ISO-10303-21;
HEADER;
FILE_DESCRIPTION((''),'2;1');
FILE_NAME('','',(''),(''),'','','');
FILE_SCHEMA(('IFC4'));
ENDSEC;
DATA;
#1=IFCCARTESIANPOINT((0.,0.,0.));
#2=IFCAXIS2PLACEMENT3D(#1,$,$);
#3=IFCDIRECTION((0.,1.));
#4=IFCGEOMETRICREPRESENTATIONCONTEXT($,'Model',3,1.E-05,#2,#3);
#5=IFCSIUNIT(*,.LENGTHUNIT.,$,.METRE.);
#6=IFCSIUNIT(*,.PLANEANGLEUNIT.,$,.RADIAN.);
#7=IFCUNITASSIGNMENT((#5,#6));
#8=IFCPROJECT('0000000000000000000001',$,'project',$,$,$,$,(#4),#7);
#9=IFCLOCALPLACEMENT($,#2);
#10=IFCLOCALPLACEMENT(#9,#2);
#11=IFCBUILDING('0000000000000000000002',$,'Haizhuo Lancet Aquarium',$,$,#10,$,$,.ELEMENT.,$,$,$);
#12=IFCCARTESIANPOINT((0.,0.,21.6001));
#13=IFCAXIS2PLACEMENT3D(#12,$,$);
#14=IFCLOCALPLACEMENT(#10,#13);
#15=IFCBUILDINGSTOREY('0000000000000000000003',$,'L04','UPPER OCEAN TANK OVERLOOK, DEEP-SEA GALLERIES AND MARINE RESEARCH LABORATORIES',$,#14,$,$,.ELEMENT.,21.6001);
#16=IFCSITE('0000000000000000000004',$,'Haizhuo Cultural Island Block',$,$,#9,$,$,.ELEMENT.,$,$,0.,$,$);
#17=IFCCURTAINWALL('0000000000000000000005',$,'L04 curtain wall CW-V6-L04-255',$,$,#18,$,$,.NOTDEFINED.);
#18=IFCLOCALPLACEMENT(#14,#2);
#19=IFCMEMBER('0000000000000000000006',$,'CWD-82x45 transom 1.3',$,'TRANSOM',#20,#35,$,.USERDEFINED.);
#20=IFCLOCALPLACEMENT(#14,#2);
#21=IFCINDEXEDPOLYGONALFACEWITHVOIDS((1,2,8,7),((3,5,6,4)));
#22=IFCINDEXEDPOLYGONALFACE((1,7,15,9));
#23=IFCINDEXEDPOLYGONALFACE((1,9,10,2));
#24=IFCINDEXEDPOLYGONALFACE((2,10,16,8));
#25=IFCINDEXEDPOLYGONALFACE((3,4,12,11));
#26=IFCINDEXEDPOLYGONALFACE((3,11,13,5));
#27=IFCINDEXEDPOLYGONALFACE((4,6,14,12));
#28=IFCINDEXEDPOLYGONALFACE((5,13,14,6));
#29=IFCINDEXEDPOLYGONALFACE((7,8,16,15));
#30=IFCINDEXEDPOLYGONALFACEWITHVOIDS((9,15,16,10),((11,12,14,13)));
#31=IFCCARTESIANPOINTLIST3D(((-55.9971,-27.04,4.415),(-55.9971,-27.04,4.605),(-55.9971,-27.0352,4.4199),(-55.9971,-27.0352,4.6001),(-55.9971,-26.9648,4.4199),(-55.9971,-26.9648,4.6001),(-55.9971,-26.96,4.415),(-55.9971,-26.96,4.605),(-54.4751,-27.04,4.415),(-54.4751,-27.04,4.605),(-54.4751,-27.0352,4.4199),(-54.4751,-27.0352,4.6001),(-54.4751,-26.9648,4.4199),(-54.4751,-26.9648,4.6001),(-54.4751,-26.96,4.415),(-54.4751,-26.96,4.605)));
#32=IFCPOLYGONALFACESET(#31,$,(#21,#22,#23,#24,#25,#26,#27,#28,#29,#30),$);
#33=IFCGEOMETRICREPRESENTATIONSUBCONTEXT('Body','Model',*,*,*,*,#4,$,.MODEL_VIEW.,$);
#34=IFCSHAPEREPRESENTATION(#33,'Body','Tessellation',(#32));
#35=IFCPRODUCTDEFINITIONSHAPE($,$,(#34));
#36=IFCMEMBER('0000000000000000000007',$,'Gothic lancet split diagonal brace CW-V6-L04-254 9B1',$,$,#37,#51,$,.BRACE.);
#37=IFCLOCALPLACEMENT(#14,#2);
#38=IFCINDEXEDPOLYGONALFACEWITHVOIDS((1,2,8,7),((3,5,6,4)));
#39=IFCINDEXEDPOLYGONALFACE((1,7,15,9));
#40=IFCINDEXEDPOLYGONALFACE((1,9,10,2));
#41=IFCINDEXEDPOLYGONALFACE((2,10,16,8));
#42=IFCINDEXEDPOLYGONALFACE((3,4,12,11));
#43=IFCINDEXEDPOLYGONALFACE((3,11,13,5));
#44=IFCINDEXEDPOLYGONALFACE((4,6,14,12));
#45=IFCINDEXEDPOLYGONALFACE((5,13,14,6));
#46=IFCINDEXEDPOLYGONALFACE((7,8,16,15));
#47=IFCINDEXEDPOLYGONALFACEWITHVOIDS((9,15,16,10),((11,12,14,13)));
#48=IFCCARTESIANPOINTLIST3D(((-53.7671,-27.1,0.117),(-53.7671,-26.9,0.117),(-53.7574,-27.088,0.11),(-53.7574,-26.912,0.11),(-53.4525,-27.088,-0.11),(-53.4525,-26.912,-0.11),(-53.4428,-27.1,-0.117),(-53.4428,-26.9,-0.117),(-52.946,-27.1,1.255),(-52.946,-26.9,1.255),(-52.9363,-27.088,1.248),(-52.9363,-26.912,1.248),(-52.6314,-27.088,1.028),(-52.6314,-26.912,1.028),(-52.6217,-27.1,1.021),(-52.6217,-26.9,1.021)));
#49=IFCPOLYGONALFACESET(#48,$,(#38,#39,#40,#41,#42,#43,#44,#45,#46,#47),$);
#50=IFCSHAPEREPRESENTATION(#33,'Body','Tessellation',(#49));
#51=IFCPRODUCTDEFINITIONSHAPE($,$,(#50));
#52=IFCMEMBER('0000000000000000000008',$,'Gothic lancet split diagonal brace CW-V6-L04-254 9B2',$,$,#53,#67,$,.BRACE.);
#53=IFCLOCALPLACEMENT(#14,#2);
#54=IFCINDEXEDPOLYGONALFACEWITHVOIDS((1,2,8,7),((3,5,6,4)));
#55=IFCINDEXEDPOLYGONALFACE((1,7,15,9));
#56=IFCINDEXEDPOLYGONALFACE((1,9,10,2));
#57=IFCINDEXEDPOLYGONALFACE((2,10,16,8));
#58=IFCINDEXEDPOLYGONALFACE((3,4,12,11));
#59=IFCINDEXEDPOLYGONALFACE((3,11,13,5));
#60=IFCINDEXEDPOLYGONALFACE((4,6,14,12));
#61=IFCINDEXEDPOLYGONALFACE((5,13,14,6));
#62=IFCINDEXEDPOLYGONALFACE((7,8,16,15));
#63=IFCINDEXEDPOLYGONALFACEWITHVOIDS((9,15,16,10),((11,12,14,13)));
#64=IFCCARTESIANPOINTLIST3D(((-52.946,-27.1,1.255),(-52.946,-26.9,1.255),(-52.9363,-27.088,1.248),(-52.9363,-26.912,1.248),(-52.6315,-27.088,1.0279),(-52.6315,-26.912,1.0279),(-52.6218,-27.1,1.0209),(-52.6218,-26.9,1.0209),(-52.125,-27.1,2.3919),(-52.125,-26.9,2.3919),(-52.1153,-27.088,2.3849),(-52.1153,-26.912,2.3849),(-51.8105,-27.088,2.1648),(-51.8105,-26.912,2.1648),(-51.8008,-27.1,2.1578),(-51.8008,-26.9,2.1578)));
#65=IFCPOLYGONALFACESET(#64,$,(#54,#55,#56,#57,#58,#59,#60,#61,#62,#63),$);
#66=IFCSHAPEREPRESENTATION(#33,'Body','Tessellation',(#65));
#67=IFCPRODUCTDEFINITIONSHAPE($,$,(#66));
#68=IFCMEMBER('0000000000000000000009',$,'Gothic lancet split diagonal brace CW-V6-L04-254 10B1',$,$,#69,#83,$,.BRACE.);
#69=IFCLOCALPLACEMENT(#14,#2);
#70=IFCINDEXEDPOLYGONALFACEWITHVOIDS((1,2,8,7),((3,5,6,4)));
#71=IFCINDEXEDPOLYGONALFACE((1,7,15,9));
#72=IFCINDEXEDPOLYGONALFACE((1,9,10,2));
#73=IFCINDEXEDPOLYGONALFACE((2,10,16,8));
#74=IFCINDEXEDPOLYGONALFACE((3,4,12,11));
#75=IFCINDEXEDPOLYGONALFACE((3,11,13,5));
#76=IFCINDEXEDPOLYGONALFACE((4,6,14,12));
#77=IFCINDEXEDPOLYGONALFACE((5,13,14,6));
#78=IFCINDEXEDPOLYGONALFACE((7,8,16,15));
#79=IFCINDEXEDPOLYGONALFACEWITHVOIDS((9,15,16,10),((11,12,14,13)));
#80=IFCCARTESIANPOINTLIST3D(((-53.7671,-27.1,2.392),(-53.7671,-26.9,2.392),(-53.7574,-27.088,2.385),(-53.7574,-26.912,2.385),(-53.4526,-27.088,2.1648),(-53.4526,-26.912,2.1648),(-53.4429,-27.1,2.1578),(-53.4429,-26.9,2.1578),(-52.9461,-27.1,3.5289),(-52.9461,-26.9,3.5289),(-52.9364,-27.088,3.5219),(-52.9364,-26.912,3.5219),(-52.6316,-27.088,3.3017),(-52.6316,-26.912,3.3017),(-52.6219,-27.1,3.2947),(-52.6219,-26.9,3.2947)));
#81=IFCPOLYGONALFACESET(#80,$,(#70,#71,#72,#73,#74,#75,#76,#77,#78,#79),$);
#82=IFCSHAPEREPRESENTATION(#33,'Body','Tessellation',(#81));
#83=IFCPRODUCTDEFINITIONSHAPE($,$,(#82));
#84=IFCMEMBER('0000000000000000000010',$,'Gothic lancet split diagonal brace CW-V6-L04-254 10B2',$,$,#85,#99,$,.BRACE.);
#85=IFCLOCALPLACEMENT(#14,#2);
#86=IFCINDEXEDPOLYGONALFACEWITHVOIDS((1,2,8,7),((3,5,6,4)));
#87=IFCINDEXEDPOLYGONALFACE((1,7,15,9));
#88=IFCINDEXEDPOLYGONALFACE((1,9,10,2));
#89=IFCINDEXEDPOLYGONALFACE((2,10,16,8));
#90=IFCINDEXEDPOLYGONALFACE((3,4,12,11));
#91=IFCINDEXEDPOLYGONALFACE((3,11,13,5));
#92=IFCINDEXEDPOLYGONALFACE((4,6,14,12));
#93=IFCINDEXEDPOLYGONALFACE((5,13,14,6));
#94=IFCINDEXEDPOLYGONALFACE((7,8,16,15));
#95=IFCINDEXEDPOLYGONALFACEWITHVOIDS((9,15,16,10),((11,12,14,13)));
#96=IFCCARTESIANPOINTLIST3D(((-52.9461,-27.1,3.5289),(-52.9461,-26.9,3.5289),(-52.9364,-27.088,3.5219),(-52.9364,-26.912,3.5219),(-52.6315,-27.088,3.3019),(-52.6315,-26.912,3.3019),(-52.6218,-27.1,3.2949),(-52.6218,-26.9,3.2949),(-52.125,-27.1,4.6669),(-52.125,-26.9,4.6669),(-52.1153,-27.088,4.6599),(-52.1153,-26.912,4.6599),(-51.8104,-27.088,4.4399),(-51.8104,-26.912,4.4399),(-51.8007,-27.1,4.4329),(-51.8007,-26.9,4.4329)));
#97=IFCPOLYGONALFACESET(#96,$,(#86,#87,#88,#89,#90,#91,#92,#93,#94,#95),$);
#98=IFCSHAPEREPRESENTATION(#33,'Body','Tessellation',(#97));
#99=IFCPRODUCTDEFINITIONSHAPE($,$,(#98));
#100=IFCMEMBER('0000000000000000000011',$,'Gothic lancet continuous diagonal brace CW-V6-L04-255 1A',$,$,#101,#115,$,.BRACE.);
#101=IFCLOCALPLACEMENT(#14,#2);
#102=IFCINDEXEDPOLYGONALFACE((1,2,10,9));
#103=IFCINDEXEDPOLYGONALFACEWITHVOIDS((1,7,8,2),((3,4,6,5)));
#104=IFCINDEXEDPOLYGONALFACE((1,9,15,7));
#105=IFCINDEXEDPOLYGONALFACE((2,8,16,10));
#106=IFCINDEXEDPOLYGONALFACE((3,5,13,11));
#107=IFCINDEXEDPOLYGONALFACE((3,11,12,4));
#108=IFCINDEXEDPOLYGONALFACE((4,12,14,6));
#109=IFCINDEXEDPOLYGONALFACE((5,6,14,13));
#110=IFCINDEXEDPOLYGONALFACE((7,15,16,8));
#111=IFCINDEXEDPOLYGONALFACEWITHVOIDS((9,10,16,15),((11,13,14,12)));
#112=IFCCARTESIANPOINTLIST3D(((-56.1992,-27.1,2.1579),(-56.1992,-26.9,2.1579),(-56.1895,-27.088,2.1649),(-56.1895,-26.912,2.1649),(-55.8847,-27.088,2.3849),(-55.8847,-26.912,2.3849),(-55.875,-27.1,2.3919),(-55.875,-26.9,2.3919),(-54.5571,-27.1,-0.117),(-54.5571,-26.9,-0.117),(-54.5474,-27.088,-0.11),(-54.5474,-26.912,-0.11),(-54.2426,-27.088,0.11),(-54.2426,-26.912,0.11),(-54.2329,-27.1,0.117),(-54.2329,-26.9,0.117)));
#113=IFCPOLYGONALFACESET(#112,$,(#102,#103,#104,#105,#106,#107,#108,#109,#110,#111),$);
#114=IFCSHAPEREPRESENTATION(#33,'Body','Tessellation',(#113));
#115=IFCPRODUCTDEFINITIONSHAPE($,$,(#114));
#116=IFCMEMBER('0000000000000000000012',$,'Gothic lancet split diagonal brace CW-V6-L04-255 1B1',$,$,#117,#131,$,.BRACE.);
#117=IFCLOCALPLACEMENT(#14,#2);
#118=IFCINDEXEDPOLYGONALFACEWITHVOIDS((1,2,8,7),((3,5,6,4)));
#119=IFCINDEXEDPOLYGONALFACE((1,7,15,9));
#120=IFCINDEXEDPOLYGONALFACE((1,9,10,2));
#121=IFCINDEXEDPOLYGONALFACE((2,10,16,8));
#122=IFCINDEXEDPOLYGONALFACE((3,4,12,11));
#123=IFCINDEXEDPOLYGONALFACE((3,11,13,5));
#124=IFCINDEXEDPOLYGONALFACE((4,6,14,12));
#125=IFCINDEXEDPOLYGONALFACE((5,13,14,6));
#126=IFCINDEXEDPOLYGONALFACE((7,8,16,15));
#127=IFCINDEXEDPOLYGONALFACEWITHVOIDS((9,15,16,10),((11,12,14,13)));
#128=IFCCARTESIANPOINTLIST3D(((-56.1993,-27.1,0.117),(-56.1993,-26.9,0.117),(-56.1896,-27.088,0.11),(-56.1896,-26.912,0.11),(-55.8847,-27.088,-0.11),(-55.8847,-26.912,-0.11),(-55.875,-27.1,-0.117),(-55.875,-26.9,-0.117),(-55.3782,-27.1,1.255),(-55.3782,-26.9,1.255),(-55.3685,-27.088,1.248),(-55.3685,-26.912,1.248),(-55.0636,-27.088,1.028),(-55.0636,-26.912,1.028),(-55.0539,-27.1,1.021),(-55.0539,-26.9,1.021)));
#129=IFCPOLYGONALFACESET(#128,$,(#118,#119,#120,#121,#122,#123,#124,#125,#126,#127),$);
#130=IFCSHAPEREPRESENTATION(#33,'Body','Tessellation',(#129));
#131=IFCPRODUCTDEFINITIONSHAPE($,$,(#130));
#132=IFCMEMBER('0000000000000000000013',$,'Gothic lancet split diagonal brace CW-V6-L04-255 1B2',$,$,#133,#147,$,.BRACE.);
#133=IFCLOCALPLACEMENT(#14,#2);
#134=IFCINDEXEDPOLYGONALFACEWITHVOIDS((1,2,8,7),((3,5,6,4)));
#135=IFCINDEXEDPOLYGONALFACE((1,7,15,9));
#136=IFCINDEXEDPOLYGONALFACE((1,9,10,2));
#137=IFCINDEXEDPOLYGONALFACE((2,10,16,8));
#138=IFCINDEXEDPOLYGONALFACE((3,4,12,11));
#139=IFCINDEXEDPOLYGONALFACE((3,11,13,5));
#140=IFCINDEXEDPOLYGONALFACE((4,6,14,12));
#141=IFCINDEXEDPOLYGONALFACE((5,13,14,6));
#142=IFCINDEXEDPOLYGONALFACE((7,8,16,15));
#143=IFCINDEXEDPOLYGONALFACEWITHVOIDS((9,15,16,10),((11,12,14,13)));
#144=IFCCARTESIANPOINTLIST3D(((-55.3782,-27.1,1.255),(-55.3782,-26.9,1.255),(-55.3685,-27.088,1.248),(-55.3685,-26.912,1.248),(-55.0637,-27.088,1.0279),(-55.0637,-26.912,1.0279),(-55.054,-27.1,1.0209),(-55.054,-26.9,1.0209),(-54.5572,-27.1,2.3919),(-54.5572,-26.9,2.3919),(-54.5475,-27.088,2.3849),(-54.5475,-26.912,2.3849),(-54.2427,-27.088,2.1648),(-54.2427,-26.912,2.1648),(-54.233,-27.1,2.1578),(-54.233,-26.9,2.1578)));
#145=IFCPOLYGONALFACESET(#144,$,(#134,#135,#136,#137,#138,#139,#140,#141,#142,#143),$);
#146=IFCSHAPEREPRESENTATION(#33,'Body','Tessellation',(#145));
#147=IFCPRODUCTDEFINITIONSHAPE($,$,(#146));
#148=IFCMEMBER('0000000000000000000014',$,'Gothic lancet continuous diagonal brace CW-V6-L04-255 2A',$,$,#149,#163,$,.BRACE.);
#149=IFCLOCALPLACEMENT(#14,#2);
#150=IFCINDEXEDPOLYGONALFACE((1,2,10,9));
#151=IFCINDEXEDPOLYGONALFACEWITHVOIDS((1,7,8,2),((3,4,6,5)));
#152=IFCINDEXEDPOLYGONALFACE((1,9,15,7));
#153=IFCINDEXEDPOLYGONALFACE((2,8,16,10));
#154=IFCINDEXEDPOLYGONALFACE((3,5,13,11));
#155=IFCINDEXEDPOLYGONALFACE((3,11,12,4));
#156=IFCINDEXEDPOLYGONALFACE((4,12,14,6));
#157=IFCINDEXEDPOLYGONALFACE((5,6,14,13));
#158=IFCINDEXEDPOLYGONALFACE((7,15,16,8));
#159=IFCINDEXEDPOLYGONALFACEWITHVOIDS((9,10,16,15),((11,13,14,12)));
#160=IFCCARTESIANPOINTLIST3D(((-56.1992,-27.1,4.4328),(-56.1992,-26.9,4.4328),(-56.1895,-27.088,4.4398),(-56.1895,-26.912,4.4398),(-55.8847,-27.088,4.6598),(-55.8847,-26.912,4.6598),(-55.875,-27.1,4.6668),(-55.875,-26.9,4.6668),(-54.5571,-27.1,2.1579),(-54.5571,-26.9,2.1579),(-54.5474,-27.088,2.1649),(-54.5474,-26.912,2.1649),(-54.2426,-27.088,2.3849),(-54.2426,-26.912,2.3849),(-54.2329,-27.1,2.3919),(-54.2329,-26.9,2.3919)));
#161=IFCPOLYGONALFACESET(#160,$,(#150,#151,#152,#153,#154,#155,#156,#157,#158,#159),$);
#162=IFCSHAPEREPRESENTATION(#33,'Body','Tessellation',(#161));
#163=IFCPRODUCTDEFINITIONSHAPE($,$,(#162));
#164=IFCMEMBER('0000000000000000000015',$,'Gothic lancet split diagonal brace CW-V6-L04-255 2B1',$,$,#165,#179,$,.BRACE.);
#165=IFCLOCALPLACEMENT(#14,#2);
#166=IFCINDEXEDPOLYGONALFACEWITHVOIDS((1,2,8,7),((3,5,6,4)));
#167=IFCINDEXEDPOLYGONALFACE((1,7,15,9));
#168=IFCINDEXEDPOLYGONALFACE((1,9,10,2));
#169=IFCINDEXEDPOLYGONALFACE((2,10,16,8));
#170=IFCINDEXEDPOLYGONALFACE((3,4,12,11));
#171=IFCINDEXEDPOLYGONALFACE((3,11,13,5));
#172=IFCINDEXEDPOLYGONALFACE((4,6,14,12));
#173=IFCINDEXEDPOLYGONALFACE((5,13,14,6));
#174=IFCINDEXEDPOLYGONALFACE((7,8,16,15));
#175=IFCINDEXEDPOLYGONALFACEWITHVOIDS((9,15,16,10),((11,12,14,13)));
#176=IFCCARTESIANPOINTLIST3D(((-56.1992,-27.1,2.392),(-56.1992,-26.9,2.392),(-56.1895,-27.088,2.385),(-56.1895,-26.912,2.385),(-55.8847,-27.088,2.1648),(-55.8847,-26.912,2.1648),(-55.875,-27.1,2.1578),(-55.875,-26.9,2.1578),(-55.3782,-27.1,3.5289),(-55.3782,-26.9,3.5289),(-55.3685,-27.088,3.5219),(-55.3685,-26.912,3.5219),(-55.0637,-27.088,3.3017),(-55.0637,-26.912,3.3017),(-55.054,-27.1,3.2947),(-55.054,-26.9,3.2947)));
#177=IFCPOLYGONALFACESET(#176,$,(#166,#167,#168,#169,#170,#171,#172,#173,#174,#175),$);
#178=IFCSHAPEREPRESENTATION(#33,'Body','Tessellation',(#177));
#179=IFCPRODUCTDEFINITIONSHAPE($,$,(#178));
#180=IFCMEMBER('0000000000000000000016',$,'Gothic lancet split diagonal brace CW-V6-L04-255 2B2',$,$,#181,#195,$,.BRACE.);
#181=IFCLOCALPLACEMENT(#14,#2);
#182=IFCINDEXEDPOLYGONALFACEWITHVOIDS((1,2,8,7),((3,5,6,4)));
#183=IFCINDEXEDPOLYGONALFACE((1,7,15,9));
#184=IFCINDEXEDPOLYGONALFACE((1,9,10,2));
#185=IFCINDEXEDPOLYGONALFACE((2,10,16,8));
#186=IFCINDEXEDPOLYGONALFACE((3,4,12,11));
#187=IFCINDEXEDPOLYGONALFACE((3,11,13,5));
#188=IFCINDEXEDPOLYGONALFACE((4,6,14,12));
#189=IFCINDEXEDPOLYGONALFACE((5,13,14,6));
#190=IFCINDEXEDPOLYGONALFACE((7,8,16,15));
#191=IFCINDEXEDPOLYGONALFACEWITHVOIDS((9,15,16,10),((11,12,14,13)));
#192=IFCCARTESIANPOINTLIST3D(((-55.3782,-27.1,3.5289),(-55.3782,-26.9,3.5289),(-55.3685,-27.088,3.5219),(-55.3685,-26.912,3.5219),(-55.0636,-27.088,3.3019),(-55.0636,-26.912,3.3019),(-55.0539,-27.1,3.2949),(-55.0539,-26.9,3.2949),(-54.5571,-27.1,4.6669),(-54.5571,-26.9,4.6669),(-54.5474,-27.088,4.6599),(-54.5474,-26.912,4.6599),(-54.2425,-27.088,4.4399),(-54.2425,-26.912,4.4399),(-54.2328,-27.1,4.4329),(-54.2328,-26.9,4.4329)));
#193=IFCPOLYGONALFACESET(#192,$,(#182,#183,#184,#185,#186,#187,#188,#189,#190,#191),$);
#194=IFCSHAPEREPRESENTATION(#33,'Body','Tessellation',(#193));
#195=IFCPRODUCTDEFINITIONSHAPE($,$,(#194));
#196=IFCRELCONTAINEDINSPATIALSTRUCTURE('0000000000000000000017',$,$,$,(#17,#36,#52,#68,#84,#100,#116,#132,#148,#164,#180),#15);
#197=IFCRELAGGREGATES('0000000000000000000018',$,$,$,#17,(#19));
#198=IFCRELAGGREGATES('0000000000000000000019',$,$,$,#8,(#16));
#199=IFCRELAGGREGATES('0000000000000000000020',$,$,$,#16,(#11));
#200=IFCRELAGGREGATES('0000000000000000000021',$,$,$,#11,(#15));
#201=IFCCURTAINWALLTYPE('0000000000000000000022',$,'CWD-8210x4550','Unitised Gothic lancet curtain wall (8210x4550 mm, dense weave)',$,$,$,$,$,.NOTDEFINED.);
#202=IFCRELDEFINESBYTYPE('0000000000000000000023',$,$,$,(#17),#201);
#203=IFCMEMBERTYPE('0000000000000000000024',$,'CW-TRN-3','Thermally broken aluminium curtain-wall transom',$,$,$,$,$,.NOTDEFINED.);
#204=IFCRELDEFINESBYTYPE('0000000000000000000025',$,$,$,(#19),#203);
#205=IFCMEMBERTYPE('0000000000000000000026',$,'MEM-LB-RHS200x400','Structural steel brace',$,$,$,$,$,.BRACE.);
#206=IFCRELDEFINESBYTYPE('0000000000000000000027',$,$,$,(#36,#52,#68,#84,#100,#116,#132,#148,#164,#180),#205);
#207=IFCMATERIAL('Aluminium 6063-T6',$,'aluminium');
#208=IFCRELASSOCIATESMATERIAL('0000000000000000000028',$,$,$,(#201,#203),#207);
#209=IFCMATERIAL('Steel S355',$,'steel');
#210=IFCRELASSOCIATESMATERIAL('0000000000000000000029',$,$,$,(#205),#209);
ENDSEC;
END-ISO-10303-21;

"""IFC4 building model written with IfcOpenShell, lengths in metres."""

from ifc_helpers import new_model, si_unit, direction, frame, origin, origin_2d, place, context, subcontext, project, spatial, hollow_rectangle, extrude, material, material_profile, profile_set, type_object, element, aggregate, save


model = new_model("IFC4")

# Units and contexts
model_context = context("Model", 3, precision=1e-05, world=origin(), true_north=direction((0.0, 1.0)))
body_context = subcontext(model_context, "Body", "Model", "MODEL_VIEW")
ifc_project = project(units=[si_unit("LENGTHUNIT", "METRE"), si_unit("PLANEANGLEUNIT", "RADIAN")], contexts=[model_context])

# Site, building, storey
site_placement = place(None, origin())
site = spatial("IfcSite", under=ifc_project, at=site_placement, Name="Haizhuo Cultural Island Block", CompositionType="ELEMENT", RefElevation=0.0)
building_placement = place(site_placement, origin())
building = spatial("IfcBuilding", under=site, at=building_placement, Name="Haizhuo Lancet Aquarium", CompositionType="ELEMENT")
storey_placement = place(building_placement, frame((0.0, 0.0, 21.6001)))
storey = spatial("IfcBuildingStorey", under=building, at=storey_placement, Name="L04", Description="UPPER OCEAN TANK OVERLOOK, DEEP-SEA GALLERIES AND MARINE RESEARCH LABORATORIES", CompositionType="ELEMENT", Elevation=21.6001)

# Shared definitions
ifc_material_1 = material(Name="Steel S355", Category="steel")

# Shared definitions
ifc_material_2 = material(Name="Aluminium 6063-T6", Category="aluminium")
curtain_wall_type = type_object("IfcCurtainWallType", Name="CWD-8210x4550", Description="Unitised Gothic lancet curtain wall (8210x4550 mm, dense weave)", PredefinedType="NOTDEFINED", material=ifc_material_2)

# Curtain wall, member
curtain_wall_1_placement = place(storey_placement, origin())
curtain_wall_1 = element("IfcCurtainWall", 1, at=curtain_wall_1_placement, inside=storey, type_object=curtain_wall_type, Name="L04 curtain wall CW-V6-L04-255", PredefinedType="NOTDEFINED")
ifc_material_profile_1 = material_profile(ifc_material_2, hollow_rectangle(XDim=0.0801, YDim=0.1899, WallThickness=0.0049, at=origin_2d()), Name="ALU-T 80x190x5")
ifc_profile_set_1 = profile_set([ifc_material_profile_1], Name="Aluminium 6063-T6")
member_type_1 = type_object("IfcMemberType", Name="CW-TRN-3", Description="Thermally broken aluminium curtain-wall transom", PredefinedType="NOTDEFINED", material=ifc_profile_set_1)
member_1_placement = place(storey_placement, frame((-54.4751, -27.0, 4.51), z_axis=(-1.0, 0.0, 0.0), x_axis=(0.0, -1.0, 0.0)))
member_1 = element("IfcMember", 2, at=member_1_placement, type_object=member_type_1, Name="CWD-82x45 transom 1.3", ObjectType="TRANSOM", PredefinedType="USERDEFINED", context=body_context, shape_type="SweptSolid", body=[
    extrude(hollow_rectangle(XDim=0.0801, YDim=0.1899, WallThickness=0.0049, at=origin_2d()), origin(), (0.0, 0.0, 1.0), 1.522),
])

# Members
ifc_material_profile_2 = material_profile(ifc_material_1, hollow_rectangle(XDim=0.2, YDim=0.3999, WallThickness=0.012, at=origin_2d()), Name="RHS 200x400x12")
ifc_profile_set_2 = profile_set([ifc_material_profile_2], Name="Steel S355")
member_type_2 = type_object("IfcMemberType", Name="MEM-LB-RHS200x400", Description="Structural steel brace", PredefinedType="BRACE", material=ifc_profile_set_2)
member_2_placement = place(storey_placement, frame((-53.605, -27.0, 0.0), z_axis=(0.585116, 0.0, 0.81095), x_axis=(0.0, 1.0, 0.0)))
element("IfcMember", 3, at=member_2_placement, inside=storey, type_object=member_type_2, Name="Gothic lancet split diagonal brace CW-V6-L04-254 9B1", PredefinedType="BRACE", context=body_context, shape_type="SweptSolid", body=[
    extrude(hollow_rectangle(XDim=0.2, YDim=0.3999, WallThickness=0.012, at=origin_2d()), origin(), (0.0, 0.0, 1.0), 1.4033),
])
for number, where, z_axis, x_axis, name in (
    (4, (-52.7839, -27.0, 1.1379), (0.585446, 0.0, 0.810711), (0.0, 1.0, 0.0), "Gothic lancet split diagonal brace CW-V6-L04-254 9B2"),
    (5, (-53.605, -27.0, 2.2749), (0.585446, 0.0, 0.810711), (0.0, 1.0, 0.0), "Gothic lancet split diagonal brace CW-V6-L04-254 10B1"),
):
    element("IfcMember", number, at=place(storey_placement, frame(where, z_axis=z_axis, x_axis=x_axis)), inside=storey, type_object=member_type_2, Name=name, PredefinedType="BRACE", context=body_context, shape_type="SweptSolid", body=[
        extrude(hollow_rectangle(XDim=0.2, YDim=0.3999, WallThickness=0.012, at=origin_2d()), origin(), (0.0, 0.0, 1.0), 1.4023),
    ])
member_3_placement = place(storey_placement, frame((-52.7839, -27.0, 3.4119), z_axis=(0.585116, 0.0, 0.81095), x_axis=(0.0, 1.0, 0.0)))
element("IfcMember", 6, at=member_3_placement, inside=storey, type_object=member_type_2, Name="Gothic lancet split diagonal brace CW-V6-L04-254 10B2", PredefinedType="BRACE", context=body_context, shape_type="SweptSolid", body=[
    extrude(hollow_rectangle(XDim=0.2, YDim=0.3999, WallThickness=0.012, at=origin_2d()), origin(), (0.0, 0.0, 1.0), 1.4033),
])
member_4_placement = place(storey_placement, frame((-54.395, -27.0, 0.0), z_axis=(-0.585281, 0.0, 0.810831), x_axis=(0.0, -1.0, 0.0)))
element("IfcMember", 7, at=member_4_placement, inside=storey, type_object=member_type_2, Name="Gothic lancet continuous diagonal brace CW-V6-L04-255 1A", PredefinedType="BRACE", context=body_context, shape_type="SweptSolid", body=[
    extrude(hollow_rectangle(XDim=0.2, YDim=0.3999, WallThickness=0.012, at=origin_2d()), origin(), (0.0, 0.0, 1.0), 2.8057),
])
member_5_placement = place(storey_placement, frame((-56.0371, -27.0, 0.0), z_axis=(0.585116, 0.0, 0.81095), x_axis=(0.0, 1.0, 0.0)))
element("IfcMember", 8, at=member_5_placement, inside=storey, type_object=member_type_2, Name="Gothic lancet split diagonal brace CW-V6-L04-255 1B1", PredefinedType="BRACE", context=body_context, shape_type="SweptSolid", body=[
    extrude(hollow_rectangle(XDim=0.2, YDim=0.3999, WallThickness=0.012, at=origin_2d()), origin(), (0.0, 0.0, 1.0), 1.4033),
])
member_6_placement = place(storey_placement, frame((-55.2161, -27.0, 1.1379), z_axis=(0.585446, 0.0, 0.810711), x_axis=(0.0, 1.0, 0.0)))
element("IfcMember", 9, at=member_6_placement, inside=storey, type_object=member_type_2, Name="Gothic lancet split diagonal brace CW-V6-L04-255 1B2", PredefinedType="BRACE", context=body_context, shape_type="SweptSolid", body=[
    extrude(hollow_rectangle(XDim=0.2, YDim=0.3999, WallThickness=0.012, at=origin_2d()), origin(), (0.0, 0.0, 1.0), 1.4023),
])
member_7_placement = place(storey_placement, frame((-54.395, -27.0, 2.2749), z_axis=(-0.585281, 0.0, 0.810831), x_axis=(0.0, -1.0, 0.0)))
element("IfcMember", 10, at=member_7_placement, inside=storey, type_object=member_type_2, Name="Gothic lancet continuous diagonal brace CW-V6-L04-255 2A", PredefinedType="BRACE", context=body_context, shape_type="SweptSolid", body=[
    extrude(hollow_rectangle(XDim=0.2, YDim=0.3999, WallThickness=0.012, at=origin_2d()), origin(), (0.0, 0.0, 1.0), 2.8057),
])
member_8_placement = place(storey_placement, frame((-56.0371, -27.0, 2.2749), z_axis=(0.585446, 0.0, 0.810711), x_axis=(0.0, 1.0, 0.0)))
element("IfcMember", 11, at=member_8_placement, inside=storey, type_object=member_type_2, Name="Gothic lancet split diagonal brace CW-V6-L04-255 2B1", PredefinedType="BRACE", context=body_context, shape_type="SweptSolid", body=[
    extrude(hollow_rectangle(XDim=0.2, YDim=0.3999, WallThickness=0.012, at=origin_2d()), origin(), (0.0, 0.0, 1.0), 1.4023),
])
member_9_placement = place(storey_placement, frame((-55.2161, -27.0, 3.4119), z_axis=(0.585116, 0.0, 0.81095), x_axis=(0.0, 1.0, 0.0)))
element("IfcMember", 12, at=member_9_placement, inside=storey, type_object=member_type_2, Name="Gothic lancet split diagonal brace CW-V6-L04-255 2B2", PredefinedType="BRACE", context=body_context, shape_type="SweptSolid", body=[
    extrude(hollow_rectangle(XDim=0.2, YDim=0.3999, WallThickness=0.012, at=origin_2d()), origin(), (0.0, 0.0, 1.0), 1.4033),
])

aggregate(curtain_wall_1, [member_1])

save(model, "model.ifc")
